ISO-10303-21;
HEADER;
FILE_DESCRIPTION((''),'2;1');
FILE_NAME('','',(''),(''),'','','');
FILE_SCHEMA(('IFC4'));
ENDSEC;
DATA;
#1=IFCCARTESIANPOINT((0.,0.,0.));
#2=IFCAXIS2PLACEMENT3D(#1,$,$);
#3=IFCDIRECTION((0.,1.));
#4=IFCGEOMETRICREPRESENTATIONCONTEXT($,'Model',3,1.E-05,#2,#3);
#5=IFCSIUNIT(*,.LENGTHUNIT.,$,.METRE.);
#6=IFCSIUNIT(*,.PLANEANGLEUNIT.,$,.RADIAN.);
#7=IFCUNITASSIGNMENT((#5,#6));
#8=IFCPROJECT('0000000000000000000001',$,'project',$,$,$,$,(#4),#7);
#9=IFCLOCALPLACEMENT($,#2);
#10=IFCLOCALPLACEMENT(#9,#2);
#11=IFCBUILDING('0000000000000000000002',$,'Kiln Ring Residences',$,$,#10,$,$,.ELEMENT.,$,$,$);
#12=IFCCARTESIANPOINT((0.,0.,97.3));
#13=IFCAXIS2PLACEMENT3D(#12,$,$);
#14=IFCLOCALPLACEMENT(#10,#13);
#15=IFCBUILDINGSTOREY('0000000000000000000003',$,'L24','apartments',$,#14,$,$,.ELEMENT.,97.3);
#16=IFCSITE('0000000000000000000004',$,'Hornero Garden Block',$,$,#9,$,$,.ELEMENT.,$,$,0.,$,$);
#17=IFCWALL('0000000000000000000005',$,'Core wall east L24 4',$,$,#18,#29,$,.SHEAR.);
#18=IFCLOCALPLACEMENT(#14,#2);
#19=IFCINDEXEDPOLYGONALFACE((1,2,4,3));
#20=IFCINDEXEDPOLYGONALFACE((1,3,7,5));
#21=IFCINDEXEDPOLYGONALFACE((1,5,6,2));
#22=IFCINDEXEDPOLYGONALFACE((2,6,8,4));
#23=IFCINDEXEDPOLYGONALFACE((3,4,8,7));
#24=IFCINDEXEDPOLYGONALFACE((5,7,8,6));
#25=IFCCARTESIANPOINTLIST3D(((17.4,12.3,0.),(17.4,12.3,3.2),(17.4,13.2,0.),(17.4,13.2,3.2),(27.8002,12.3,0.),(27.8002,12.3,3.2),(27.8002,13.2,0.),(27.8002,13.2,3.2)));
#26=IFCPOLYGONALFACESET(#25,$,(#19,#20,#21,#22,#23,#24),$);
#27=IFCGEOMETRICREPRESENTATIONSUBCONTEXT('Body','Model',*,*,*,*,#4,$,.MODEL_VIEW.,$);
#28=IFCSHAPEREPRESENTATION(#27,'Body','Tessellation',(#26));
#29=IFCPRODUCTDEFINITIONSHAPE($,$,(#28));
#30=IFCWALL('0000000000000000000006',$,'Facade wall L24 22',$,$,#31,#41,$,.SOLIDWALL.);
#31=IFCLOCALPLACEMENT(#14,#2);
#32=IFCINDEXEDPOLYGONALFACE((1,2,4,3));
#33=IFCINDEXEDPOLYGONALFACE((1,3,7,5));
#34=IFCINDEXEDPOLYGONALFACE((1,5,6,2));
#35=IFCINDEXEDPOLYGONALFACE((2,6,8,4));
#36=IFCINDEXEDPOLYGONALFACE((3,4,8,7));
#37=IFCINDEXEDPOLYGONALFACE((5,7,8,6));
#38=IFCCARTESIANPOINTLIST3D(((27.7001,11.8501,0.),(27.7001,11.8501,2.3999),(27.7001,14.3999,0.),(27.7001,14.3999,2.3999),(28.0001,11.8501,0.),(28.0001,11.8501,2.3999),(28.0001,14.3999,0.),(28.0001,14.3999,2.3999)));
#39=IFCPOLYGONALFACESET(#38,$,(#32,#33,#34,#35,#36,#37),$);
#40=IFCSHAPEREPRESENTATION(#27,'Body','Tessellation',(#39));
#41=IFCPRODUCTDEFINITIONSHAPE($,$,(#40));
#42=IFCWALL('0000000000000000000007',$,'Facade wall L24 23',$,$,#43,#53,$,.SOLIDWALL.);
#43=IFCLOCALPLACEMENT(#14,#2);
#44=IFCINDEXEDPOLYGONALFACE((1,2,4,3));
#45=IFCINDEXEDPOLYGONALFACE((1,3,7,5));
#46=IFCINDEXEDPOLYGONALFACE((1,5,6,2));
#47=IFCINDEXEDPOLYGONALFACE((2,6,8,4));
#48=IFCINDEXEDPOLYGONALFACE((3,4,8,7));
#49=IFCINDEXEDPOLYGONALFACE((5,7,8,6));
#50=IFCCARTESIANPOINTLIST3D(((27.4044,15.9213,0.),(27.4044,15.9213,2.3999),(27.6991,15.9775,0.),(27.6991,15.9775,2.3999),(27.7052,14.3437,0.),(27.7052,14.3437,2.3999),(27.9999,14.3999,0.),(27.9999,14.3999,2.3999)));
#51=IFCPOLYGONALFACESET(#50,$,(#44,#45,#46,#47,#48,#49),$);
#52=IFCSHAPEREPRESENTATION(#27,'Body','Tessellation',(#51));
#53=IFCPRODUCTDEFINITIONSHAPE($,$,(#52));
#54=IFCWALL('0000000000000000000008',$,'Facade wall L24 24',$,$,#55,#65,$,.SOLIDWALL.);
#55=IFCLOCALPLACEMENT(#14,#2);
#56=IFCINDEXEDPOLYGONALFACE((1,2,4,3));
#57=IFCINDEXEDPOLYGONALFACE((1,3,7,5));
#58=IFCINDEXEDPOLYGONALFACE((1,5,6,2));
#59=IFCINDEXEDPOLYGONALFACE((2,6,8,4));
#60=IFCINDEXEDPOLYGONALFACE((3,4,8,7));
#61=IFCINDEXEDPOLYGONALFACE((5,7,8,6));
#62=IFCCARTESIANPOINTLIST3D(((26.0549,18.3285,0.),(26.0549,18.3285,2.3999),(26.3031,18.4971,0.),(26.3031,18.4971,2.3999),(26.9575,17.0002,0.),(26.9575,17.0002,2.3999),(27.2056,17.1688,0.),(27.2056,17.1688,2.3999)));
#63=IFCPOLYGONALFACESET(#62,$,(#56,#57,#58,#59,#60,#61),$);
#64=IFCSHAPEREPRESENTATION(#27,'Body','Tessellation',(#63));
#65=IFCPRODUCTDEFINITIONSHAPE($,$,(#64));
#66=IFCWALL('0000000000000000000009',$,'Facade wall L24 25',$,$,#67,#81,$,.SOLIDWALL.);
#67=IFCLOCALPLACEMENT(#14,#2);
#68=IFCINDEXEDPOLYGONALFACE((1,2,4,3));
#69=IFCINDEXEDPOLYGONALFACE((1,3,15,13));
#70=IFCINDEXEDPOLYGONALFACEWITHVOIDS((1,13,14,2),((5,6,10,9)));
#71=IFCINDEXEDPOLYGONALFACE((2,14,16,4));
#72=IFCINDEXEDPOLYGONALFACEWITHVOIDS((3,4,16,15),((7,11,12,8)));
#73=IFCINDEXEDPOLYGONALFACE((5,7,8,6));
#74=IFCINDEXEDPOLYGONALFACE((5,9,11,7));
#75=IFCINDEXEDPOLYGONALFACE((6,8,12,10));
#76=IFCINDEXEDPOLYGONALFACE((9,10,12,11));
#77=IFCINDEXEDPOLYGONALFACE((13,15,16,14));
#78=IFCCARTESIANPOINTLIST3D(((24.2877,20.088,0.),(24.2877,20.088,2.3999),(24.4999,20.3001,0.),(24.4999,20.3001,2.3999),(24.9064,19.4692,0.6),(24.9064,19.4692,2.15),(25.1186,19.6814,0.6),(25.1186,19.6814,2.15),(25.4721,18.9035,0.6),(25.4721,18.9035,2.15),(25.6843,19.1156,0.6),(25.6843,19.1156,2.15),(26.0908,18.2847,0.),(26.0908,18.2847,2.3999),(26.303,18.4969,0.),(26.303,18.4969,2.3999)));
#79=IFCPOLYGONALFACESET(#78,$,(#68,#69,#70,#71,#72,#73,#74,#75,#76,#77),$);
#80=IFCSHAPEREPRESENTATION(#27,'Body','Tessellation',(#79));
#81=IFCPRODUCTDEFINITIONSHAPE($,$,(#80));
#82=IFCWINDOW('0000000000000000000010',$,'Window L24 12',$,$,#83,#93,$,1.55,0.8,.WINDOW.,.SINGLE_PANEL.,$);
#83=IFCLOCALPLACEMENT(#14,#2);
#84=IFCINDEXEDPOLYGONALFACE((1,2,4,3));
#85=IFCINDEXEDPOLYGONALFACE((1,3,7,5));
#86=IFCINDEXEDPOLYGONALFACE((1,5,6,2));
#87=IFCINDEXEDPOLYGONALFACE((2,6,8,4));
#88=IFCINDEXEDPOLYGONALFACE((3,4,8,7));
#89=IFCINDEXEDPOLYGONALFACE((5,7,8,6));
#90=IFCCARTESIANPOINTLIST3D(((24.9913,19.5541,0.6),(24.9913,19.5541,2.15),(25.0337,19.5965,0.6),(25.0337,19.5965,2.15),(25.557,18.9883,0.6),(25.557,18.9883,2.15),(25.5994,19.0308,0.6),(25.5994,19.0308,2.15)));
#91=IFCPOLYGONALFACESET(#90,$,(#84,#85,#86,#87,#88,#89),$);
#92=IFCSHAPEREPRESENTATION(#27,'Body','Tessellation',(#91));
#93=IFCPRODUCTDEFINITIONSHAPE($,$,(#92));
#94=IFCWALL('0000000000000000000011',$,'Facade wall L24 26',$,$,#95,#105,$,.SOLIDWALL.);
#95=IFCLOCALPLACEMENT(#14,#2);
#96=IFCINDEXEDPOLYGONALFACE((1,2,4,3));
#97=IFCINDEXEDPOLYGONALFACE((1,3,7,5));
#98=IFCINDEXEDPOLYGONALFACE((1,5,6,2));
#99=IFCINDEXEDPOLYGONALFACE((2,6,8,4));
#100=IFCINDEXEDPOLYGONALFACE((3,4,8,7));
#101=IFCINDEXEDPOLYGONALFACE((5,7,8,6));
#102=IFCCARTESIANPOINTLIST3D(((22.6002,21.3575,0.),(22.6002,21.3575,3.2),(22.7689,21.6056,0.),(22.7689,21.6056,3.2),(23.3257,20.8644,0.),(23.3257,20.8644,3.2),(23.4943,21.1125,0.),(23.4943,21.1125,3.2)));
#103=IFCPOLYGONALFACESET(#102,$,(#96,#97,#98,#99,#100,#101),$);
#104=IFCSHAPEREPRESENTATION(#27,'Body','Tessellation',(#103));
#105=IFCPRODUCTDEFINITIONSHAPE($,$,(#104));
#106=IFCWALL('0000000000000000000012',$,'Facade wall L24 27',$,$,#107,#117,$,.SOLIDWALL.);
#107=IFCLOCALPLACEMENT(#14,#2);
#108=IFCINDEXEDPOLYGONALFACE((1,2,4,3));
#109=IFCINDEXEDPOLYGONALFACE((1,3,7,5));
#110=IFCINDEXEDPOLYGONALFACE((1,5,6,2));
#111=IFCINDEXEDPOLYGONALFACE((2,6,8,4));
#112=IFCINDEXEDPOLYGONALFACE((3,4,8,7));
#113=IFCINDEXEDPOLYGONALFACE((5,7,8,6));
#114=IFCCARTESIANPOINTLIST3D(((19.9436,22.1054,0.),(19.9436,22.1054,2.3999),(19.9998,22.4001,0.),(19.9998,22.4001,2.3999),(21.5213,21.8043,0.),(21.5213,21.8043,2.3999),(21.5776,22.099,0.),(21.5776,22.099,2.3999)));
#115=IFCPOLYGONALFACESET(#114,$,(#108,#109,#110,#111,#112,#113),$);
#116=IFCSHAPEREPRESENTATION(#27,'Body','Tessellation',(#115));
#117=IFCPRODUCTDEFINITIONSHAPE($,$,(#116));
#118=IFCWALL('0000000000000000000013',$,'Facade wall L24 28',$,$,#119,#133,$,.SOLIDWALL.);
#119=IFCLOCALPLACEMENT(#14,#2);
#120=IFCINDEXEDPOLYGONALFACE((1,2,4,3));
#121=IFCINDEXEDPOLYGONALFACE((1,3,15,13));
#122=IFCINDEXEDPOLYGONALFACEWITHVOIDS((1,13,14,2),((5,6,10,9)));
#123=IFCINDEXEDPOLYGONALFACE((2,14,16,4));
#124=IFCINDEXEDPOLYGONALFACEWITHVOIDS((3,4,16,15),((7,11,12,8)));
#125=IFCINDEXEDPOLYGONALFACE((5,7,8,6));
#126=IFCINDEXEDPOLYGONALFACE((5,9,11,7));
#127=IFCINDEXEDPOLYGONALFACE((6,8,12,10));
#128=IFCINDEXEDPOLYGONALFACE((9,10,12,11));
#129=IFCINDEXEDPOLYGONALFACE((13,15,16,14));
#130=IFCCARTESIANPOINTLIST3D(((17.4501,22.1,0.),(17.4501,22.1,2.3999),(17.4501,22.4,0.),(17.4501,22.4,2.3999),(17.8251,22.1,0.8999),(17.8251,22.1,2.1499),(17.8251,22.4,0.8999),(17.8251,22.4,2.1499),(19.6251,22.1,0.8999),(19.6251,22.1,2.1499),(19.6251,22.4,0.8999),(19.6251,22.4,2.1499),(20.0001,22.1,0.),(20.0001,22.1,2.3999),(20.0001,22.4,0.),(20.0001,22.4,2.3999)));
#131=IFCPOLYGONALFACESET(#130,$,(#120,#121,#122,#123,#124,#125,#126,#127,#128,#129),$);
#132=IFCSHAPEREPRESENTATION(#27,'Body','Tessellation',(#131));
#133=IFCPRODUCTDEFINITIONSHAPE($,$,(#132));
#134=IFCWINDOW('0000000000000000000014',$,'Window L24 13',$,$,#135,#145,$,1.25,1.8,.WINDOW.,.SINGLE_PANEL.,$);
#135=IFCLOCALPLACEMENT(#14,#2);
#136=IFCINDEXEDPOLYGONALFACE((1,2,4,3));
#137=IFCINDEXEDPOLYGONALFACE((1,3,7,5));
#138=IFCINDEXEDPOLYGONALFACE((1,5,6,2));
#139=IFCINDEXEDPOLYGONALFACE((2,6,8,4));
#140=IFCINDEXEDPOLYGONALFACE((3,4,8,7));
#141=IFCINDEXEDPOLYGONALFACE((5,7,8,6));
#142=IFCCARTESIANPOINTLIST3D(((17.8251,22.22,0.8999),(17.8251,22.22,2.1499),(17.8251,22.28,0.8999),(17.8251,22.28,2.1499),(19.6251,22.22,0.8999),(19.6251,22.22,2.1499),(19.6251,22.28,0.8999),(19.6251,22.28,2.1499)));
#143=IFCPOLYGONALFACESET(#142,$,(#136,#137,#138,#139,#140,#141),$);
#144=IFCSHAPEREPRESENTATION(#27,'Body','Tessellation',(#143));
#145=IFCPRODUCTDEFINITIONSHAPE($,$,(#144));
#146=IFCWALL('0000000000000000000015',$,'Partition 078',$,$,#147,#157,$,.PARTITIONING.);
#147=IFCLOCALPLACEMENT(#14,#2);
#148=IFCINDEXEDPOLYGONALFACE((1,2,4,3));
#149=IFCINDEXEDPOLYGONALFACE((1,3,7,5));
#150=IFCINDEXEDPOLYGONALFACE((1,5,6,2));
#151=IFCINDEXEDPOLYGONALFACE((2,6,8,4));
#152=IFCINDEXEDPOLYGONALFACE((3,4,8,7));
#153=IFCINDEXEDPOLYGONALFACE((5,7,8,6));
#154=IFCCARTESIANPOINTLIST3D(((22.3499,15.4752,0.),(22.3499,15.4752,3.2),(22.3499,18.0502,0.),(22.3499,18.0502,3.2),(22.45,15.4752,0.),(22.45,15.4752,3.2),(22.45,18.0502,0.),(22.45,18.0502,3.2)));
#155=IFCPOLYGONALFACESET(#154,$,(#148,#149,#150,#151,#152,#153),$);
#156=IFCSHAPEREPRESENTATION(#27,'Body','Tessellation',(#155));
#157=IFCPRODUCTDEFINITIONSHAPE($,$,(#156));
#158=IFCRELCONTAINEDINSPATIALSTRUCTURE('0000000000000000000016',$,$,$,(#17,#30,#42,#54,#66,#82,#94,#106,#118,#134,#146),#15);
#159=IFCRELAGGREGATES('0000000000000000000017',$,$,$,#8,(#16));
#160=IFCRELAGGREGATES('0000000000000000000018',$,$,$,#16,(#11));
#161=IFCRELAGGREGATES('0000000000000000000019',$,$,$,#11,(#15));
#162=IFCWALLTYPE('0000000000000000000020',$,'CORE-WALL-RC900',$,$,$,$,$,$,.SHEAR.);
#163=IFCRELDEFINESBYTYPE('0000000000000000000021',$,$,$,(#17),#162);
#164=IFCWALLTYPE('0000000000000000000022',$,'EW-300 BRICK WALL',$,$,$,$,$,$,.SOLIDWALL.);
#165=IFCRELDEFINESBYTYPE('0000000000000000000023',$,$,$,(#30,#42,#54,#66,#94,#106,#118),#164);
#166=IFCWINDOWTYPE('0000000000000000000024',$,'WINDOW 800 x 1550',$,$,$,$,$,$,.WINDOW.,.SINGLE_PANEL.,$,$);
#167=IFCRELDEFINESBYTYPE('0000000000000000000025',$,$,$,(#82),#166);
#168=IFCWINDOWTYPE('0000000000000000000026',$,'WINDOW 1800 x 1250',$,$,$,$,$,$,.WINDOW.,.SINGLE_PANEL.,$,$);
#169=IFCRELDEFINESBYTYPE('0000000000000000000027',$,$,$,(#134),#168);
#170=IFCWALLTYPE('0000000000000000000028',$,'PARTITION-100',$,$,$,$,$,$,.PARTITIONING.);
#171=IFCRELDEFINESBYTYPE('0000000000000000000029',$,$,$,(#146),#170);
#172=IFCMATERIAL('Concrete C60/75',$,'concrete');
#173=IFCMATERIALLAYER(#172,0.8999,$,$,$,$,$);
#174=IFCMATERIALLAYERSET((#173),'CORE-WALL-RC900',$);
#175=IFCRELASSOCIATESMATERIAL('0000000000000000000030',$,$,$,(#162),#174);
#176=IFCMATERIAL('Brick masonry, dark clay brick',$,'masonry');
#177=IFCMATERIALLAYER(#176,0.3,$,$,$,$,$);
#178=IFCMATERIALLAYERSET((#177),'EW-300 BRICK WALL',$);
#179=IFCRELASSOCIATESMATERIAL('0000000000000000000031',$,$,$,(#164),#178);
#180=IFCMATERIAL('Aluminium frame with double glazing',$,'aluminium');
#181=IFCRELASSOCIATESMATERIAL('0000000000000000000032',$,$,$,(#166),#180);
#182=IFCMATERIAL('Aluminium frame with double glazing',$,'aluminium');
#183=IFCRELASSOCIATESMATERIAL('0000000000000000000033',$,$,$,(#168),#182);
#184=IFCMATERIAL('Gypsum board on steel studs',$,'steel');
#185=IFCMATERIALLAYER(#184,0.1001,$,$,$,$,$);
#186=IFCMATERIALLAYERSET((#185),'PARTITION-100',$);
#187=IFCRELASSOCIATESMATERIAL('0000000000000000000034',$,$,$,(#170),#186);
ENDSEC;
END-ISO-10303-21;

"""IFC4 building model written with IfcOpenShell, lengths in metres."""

from ifc_helpers import new_model, si_unit, direction, frame, frame_2d, origin, place, context, subcontext, project, spatial, rectangle, extrude, material, layer, layer_set, type_object, element, fill, save


model = new_model("IFC4")

# Units and contexts
model_context = context("Model", 3, precision=1e-05, world=origin(), true_north=direction((0.0, 1.0)))
body_context = subcontext(model_context, "Body", "Model", "MODEL_VIEW")
ifc_project = project(units=[si_unit("LENGTHUNIT", "METRE"), si_unit("PLANEANGLEUNIT", "RADIAN")], contexts=[model_context])

# Site, building, storey
site_placement = place(None, origin())
site = spatial("IfcSite", under=ifc_project, at=site_placement, Name="Hornero Garden Block", CompositionType="ELEMENT", RefElevation=0.0)
building_placement = place(site_placement, origin())
building = spatial("IfcBuilding", under=site, at=building_placement, Name="Kiln Ring Residences", CompositionType="ELEMENT")
storey_placement = place(building_placement, frame((0.0, 0.0, 97.3)))
storey = spatial("IfcBuildingStorey", under=building, at=storey_placement, Name="L24", Description="apartments", CompositionType="ELEMENT", Elevation=97.3)

# Walls
ifc_material_1 = material(Name="Concrete C60/75", Category="concrete")
ifc_layer_1 = layer(ifc_material_1, 0.8999)
ifc_layer_set_1 = layer_set([ifc_layer_1], Name="CORE-WALL-RC900")
wall_type_1 = type_object("IfcWallType", Name="CORE-WALL-RC900", PredefinedType="SHEAR", material=ifc_layer_set_1)
wall_1_placement = place(storey_placement, frame((17.3999, 12.75, 0.0), z_axis=(0.0, 0.0, 1.0), x_axis=(1.0, 0.0, 0.0)))
element("IfcWall", 1, at=wall_1_placement, inside=storey, type_object=wall_type_1, Name="Core wall east L24 4", PredefinedType="SHEAR", context=body_context, shape_type="SweptSolid", body=[
    extrude(rectangle(XDim=10.4001, YDim=0.8999, at=frame_2d((5.2002, 0.0))), origin(), (0.0, 0.0, 1.0), 3.2),
])
ifc_material_2 = material(Name="Brick masonry, dark clay brick", Category="masonry")
ifc_layer_2 = layer(ifc_material_2, 0.3)
ifc_layer_set_2 = layer_set([ifc_layer_2], Name="EW-300 BRICK WALL")
wall_type_2 = type_object("IfcWallType", Name="EW-300 BRICK WALL", PredefinedType="SOLIDWALL", material=ifc_layer_set_2)
wall_2_placement = place(storey_placement, frame((27.8501, 11.8501, 0.0), z_axis=(0.0, 0.0, 1.0), x_axis=(0.0, 1.0, 0.0)))
element("IfcWall", 2, at=wall_2_placement, inside=storey, type_object=wall_type_2, Name="Facade wall L24 22", PredefinedType="SOLIDWALL", context=body_context, shape_type="SweptSolid", body=[
    extrude(rectangle(XDim=2.5498, YDim=0.3, at=frame_2d((1.2749, 0.0))), origin(), (0.0, 0.0, 1.0), 2.3999),
])
for number, where, z_axis, x_axis, name in (
    (3, (27.8525, 14.3718, 0.0), (0.0, 0.0, 1.0), (-0.18728, 0.982307, 0.0), "Facade wall L24 23"),
    (4, (27.0815, 17.0845, 0.0), (0.0, 0.0, 1.0), (-0.562011, 0.82713, 0.0), "Facade wall L24 24"),
):
    element("IfcWall", number, at=place(storey_placement, frame(where, z_axis=z_axis, x_axis=x_axis)), inside=storey, type_object=wall_type_2, Name=name, PredefinedType="SOLIDWALL", context=body_context, shape_type="SweptSolid", body=[
        extrude(rectangle(XDim=1.606, YDim=0.3, at=frame_2d((0.803, 0.0))), origin(), (0.0, 0.0, 1.0), 2.3999),
    ])

# Wall, opening, window
wall_3_placement = place(storey_placement, frame((26.1968, 18.3909, 0.0), z_axis=(0.0, 0.0, 1.0), x_axis=(-0.707059, 0.707155, 0.0)))
wall_3 = element("IfcWall", 5, at=wall_3_placement, inside=storey, type_object=wall_type_2, Name="Facade wall L24 25", PredefinedType="SOLIDWALL", context=body_context, shape_type="SweptSolid", body=[
    extrude(rectangle(XDim=2.55, YDim=0.3, at=frame_2d((1.2749, 0.0))), origin(), (0.0, 0.0, 1.0), 2.3999),
])
opening_1_placement = place(wall_3_placement, frame((0.875, 0.0, 0.6001)))
opening_1 = element("IfcOpeningElement", 6, at=opening_1_placement, cuts=wall_3, PredefinedType="OPENING", context=body_context, shape_type="SweptSolid", body=[
    extrude(rectangle(XDim=0.8, YDim=1.55, at=frame_2d((0.3999, 0.7749))), frame((0.0, 0.1599, 0.0), z_axis=(0.0, -1.0, 0.0), x_axis=(1.0, 0.0, 0.0)), (0.0, 0.0, 1.0), 0.3201),
])
ifc_material_3 = material(Name="Aluminium frame with double glazing", Category="aluminium")
window_type_1 = type_object("IfcWindowType", Name="WINDOW 800 x 1550", PartitioningType="SINGLE_PANEL", PredefinedType="WINDOW", material=ifc_material_3)
window_1_placement = place(opening_1_placement, origin())
window_1 = element("IfcWindow", 7, at=window_1_placement, inside=storey, type_object=window_type_1, Name="Window L24 12", OverallHeight=1.55, OverallWidth=0.8, PartitioningType="SINGLE_PANEL", PredefinedType="WINDOW", context=body_context, shape_type="SweptSolid", body=[
    extrude(rectangle(XDim=0.8, YDim=1.55, at=frame_2d((0.3999, 0.7749))), frame((0.0, 0.03, 0.0), z_axis=(0.0, -1.0, 0.0), x_axis=(1.0, 0.0, 0.0)), (0.0, 0.0, 1.0), 0.0601),
])
fill(opening_1, window_1)

# Walls
wall_4_placement = place(storey_placement, frame((23.4099, 20.9885, 0.0), z_axis=(0.0, 0.0, 1.0), x_axis=(-0.827051, 0.562127, 0.0)))
element("IfcWall", 8, at=wall_4_placement, inside=storey, type_object=wall_type_2, Name="Facade wall L24 26", PredefinedType="SOLIDWALL", context=body_context, shape_type="SweptSolid", body=[
    extrude(rectangle(XDim=0.8772, YDim=0.3, at=frame_2d((0.4385, 0.0))), origin(), (0.0, 0.0, 1.0), 3.2),
])
wall_5_placement = place(storey_placement, frame((21.5496, 21.9517, 0.0), z_axis=(0.0, 0.0, 1.0), x_axis=(-0.982279, 0.187426, 0.0)))
element("IfcWall", 9, at=wall_5_placement, inside=storey, type_object=wall_type_2, Name="Facade wall L24 27", PredefinedType="SOLIDWALL", context=body_context, shape_type="SweptSolid", body=[
    extrude(rectangle(XDim=1.6062, YDim=0.3, at=frame_2d((0.8032, 0.0))), origin(), (0.0, 0.0, 1.0), 2.3999),
])

# Wall, opening, window
wall_6_placement = place(storey_placement, frame((20.0, 22.25, 0.0), z_axis=(0.0, 0.0, 1.0), x_axis=(-1.0, 0.0, 0.0)))
wall_6 = element("IfcWall", 10, at=wall_6_placement, inside=storey, type_object=wall_type_2, Name="Facade wall L24 28", PredefinedType="SOLIDWALL", context=body_context, shape_type="SweptSolid", body=[
    extrude(rectangle(XDim=2.55, YDim=0.3, at=frame_2d((1.2749, 0.0))), origin(), (0.0, 0.0, 1.0), 2.3999),
])
opening_2_placement = place(wall_6_placement, frame((0.375, 0.0, 0.8999)))
opening_2 = element("IfcOpeningElement", 11, at=opening_2_placement, cuts=wall_6, PredefinedType="OPENING", context=body_context, shape_type="SweptSolid", body=[
    extrude(rectangle(XDim=1.8, YDim=1.25, at=frame_2d((0.8999, 0.625))), frame((0.0, 0.1599, 0.0), z_axis=(0.0, -1.0, 0.0), x_axis=(1.0, 0.0, 0.0)), (0.0, 0.0, 1.0), 0.3201),
])
ifc_material_4 = material(Name="Aluminium frame with double glazing", Category="aluminium")
window_type_2 = type_object("IfcWindowType", Name="WINDOW 1800 x 1250", PartitioningType="SINGLE_PANEL", PredefinedType="WINDOW", material=ifc_material_4)
window_2_placement = place(opening_2_placement, origin())
window_2 = element("IfcWindow", 12, at=window_2_placement, inside=storey, type_object=window_type_2, Name="Window L24 13", OverallHeight=1.25, OverallWidth=1.8, PartitioningType="SINGLE_PANEL", PredefinedType="WINDOW", context=body_context, shape_type="SweptSolid", body=[
    extrude(rectangle(XDim=1.8, YDim=1.25, at=frame_2d((0.8999, 0.625))), frame((0.0, 0.03, 0.0), z_axis=(0.0, -1.0, 0.0), x_axis=(1.0, 0.0, 0.0)), (0.0, 0.0, 1.0), 0.0601),
])
fill(opening_2, window_2)

# Wall
ifc_material_5 = material(Name="Gypsum board on steel studs", Category="steel")
ifc_layer_3 = layer(ifc_material_5, 0.1001)
ifc_layer_set_3 = layer_set([ifc_layer_3], Name="PARTITION-100")
wall_type_3 = type_object("IfcWallType", Name="PARTITION-100", PredefinedType="PARTITIONING", material=ifc_layer_set_3)
wall_7_placement = place(storey_placement, frame((22.3999, 15.4751, 0.0), z_axis=(0.0, 0.0, 1.0), x_axis=(0.0, 1.0, 0.0)))
element("IfcWall", 13, at=wall_7_placement, inside=storey, type_object=wall_type_3, Name="Partition 078", PredefinedType="PARTITIONING", context=body_context, shape_type="SweptSolid", body=[
    extrude(rectangle(XDim=2.575, YDim=0.1001, at=frame_2d((1.2876, 0.0))), origin(), (0.0, 0.0, 1.0), 3.2),
])

save(model, "model.ifc")
